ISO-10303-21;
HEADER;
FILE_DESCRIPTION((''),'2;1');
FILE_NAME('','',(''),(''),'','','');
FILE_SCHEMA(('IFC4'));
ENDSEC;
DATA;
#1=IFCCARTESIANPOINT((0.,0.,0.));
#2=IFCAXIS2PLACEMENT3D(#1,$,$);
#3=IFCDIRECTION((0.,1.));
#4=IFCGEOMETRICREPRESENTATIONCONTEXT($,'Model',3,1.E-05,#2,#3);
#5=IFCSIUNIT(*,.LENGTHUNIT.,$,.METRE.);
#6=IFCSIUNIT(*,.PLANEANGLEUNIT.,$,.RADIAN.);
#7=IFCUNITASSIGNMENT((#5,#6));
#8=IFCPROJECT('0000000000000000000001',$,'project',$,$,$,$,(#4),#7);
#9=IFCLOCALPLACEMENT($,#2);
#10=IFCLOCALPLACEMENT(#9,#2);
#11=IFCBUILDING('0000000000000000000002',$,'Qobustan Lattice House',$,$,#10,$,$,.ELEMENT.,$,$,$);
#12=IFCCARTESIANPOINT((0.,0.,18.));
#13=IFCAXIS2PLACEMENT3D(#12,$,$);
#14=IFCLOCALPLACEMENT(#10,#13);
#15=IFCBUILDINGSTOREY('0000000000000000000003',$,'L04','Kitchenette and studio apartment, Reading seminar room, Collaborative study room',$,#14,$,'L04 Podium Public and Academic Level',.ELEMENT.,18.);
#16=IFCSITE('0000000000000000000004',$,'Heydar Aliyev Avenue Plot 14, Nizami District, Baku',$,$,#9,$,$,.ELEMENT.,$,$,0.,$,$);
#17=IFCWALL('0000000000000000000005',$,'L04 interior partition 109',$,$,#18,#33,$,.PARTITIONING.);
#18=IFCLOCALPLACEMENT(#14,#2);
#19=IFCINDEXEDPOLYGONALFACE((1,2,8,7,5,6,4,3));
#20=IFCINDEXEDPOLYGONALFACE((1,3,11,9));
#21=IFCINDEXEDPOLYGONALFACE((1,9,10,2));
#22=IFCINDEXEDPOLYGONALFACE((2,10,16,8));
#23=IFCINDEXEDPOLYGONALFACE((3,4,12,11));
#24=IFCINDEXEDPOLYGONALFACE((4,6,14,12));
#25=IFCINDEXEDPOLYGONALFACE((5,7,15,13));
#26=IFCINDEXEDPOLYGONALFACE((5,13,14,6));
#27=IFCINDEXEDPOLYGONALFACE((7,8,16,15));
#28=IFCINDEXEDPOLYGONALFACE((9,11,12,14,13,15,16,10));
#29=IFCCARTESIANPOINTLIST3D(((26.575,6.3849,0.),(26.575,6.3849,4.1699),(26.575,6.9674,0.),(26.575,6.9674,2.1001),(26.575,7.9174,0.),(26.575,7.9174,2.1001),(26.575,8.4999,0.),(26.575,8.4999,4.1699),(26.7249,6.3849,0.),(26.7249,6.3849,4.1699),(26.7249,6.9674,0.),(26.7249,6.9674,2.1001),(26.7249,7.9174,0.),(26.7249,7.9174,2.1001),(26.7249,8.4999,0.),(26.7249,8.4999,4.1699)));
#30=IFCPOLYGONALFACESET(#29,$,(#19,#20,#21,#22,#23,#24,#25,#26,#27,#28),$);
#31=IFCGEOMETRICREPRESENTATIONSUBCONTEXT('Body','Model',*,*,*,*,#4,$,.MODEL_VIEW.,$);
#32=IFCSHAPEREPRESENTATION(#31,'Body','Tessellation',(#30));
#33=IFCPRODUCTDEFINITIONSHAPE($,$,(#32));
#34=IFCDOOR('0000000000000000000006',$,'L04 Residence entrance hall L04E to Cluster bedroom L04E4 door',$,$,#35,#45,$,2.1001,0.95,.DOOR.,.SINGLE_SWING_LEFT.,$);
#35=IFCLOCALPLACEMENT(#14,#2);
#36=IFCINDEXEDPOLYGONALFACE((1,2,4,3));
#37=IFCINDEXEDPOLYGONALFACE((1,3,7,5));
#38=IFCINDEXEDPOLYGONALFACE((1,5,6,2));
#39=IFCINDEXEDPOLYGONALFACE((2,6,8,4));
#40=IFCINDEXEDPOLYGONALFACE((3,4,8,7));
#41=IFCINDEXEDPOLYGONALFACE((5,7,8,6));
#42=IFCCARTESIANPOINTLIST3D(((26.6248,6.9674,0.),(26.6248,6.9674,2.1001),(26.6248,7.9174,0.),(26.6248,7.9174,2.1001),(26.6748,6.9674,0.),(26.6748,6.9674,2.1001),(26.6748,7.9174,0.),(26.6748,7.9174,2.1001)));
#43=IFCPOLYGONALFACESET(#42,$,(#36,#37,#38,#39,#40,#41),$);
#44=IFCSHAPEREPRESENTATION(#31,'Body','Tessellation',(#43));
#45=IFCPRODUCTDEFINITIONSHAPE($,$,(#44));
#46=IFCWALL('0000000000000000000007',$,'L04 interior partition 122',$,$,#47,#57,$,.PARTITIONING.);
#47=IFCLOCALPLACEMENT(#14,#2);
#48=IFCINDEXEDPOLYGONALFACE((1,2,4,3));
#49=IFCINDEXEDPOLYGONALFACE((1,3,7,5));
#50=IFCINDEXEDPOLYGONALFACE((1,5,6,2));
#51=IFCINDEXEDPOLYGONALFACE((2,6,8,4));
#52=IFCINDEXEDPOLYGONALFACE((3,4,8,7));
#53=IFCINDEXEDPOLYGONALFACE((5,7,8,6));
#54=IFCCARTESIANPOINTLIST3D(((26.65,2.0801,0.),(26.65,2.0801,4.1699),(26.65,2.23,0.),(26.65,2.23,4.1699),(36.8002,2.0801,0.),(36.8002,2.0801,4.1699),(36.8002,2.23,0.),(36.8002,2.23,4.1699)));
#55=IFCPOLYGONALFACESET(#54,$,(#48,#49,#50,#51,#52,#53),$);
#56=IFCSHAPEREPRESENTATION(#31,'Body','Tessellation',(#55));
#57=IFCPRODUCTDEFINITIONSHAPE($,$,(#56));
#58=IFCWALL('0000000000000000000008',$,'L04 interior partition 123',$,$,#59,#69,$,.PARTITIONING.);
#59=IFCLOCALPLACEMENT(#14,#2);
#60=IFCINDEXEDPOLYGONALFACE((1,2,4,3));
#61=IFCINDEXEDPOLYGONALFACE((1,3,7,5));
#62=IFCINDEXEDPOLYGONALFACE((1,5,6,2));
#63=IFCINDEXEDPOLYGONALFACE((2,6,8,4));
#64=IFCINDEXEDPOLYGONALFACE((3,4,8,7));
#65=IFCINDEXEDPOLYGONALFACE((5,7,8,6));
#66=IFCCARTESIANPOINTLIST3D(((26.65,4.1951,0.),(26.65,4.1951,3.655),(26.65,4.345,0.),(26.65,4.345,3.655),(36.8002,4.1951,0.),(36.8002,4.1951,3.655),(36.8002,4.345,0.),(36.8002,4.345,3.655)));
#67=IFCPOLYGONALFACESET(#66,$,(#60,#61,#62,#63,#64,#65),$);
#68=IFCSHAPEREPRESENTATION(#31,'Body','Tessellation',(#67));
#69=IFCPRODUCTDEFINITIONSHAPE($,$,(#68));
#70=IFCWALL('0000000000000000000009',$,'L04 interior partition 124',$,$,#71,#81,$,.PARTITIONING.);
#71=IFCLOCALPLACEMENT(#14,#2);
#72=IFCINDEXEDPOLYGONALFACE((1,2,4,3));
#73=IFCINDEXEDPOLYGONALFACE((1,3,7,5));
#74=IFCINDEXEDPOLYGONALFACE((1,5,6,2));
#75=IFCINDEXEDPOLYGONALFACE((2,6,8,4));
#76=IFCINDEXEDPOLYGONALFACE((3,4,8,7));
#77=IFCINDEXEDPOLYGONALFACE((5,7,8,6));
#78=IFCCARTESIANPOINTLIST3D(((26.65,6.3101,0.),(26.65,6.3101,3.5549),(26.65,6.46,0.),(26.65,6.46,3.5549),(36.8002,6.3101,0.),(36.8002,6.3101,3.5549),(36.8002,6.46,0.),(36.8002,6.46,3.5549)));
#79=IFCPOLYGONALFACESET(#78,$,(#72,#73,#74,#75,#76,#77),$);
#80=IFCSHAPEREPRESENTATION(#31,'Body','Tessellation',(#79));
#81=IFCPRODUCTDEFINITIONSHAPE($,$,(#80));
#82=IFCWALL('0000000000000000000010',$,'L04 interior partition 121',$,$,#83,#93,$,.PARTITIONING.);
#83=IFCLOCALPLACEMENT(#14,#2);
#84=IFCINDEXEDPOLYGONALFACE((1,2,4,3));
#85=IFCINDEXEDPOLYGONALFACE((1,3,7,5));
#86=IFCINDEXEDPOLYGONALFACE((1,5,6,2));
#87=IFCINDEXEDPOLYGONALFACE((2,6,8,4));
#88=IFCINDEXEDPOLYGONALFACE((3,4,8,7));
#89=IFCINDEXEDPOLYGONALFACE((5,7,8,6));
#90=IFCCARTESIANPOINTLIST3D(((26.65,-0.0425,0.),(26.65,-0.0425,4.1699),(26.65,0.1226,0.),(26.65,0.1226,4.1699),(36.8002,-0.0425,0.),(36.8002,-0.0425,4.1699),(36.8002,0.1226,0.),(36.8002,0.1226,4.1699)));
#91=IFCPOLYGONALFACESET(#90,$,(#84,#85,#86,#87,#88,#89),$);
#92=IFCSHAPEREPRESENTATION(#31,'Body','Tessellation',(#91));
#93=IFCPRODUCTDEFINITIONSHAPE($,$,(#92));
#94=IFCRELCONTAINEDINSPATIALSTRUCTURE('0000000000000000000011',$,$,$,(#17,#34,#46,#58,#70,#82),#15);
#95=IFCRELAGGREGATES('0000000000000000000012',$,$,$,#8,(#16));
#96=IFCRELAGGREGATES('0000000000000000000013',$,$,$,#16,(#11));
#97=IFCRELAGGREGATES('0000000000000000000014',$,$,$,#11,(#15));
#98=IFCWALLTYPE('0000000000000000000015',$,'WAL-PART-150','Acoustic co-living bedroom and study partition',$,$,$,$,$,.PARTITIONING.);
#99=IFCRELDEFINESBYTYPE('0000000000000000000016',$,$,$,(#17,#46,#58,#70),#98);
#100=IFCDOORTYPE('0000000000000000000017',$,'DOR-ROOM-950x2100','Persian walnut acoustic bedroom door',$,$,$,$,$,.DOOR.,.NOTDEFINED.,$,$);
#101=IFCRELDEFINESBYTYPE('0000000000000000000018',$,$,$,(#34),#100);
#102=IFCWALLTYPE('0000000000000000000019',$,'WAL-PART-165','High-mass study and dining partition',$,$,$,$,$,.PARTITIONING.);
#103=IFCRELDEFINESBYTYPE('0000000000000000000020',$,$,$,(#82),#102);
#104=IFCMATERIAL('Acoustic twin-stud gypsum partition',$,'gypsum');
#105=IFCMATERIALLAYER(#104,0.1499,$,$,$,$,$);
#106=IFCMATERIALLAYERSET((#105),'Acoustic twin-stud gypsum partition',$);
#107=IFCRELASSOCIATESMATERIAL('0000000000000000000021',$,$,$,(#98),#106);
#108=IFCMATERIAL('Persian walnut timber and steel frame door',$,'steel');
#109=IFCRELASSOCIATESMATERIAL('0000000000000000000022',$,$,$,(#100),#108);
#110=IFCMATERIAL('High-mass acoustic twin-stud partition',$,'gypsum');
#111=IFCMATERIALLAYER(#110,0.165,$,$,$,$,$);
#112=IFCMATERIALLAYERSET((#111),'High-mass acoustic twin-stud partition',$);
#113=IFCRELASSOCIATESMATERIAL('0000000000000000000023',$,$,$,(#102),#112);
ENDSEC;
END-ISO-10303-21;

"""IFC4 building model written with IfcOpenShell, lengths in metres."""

from ifc_helpers import new_model, si_unit, direction, frame, frame_2d, origin, place, context, subcontext, project, spatial, rectangle, extrude, material, layer, layer_set, type_object, element, fill, save


model = new_model("IFC4")

# Units and contexts
model_context = context("Model", 3, precision=1e-05, world=origin(), true_north=direction((0.0, 1.0)))
body_context = subcontext(model_context, "Body", "Model", "MODEL_VIEW")
ifc_project = project(units=[si_unit("LENGTHUNIT", "METRE"), si_unit("PLANEANGLEUNIT", "RADIAN")], contexts=[model_context])

# Site, building, storey
site_placement = place(None, origin())
site = spatial("IfcSite", under=ifc_project, at=site_placement, Name="Heydar Aliyev Avenue Plot 14, Nizami District, Baku", CompositionType="ELEMENT", RefElevation=0.0)
building_placement = place(site_placement, origin())
building = spatial("IfcBuilding", under=site, at=building_placement, Name="Qobustan Lattice House", CompositionType="ELEMENT")
storey_placement = place(building_placement, frame((0.0, 0.0, 18.0)))
storey = spatial("IfcBuildingStorey", under=building, at=storey_placement, Name="L04", Description="Kitchenette and studio apartment, Reading seminar room, Collaborative study room", LongName="L04 Podium Public and Academic Level", CompositionType="ELEMENT", Elevation=18.0)

# Wall, opening, door
ifc_material_1 = material(Name="Acoustic twin-stud gypsum partition", Category="gypsum")
ifc_layer_1 = layer(ifc_material_1, 0.1499)
ifc_layer_set_1 = layer_set([ifc_layer_1], Name="Acoustic twin-stud gypsum partition")
wall_type_1 = type_object("IfcWallType", Name="WAL-PART-150", Description="Acoustic co-living bedroom and study partition", PredefinedType="PARTITIONING", material=ifc_layer_set_1)
ifc_material_2 = material(Name="Persian walnut timber and steel frame door", Category="steel")
door_type_1 = type_object("IfcDoorType", Name="DOR-ROOM-950x2100", Description="Persian walnut acoustic bedroom door", OperationType="NOTDEFINED", PredefinedType="DOOR", material=ifc_material_2)
wall_1_placement = place(storey_placement, frame((26.6499, 8.5, 0.0), z_axis=(0.0, 0.0, 1.0), x_axis=(0.0, -1.0, 0.0)))
wall_1 = element("IfcWall", 1, at=wall_1_placement, inside=storey, type_object=wall_type_1, Name="L04 interior partition 109", PredefinedType="PARTITIONING", context=body_context, shape_type="SweptSolid", body=[
    extrude(rectangle(XDim=2.115, YDim=0.1499, at=frame_2d((1.0576, 0.0))), origin(), (0.0, 0.0, 1.0), 4.1699),
])
opening_1_placement = place(wall_1_placement, frame((0.5825, 0.0, 0.0)))
opening_1 = element("IfcOpeningElement", 2, at=opening_1_placement, cuts=wall_1, PredefinedType="OPENING", context=body_context, shape_type="SweptSolid", body=[
    extrude(rectangle(XDim=0.95, YDim=2.1001, at=frame_2d((0.4751, 1.05))), frame((0.0, 0.085, 0.0), z_axis=(0.0, -1.0, 0.0), x_axis=(1.0, 0.0, 0.0)), (0.0, 0.0, 1.0), 0.1699),
])
door_1_placement = place(opening_1_placement, origin())
door_1 = element("IfcDoor", 3, at=door_1_placement, inside=storey, type_object=door_type_1, Name="L04 Residence entrance hall L04E to Cluster bedroom L04E4 door", OperationType="SINGLE_SWING_LEFT", OverallHeight=2.1001, OverallWidth=0.95, PredefinedType="DOOR", context=body_context, shape_type="SweptSolid", body=[
    extrude(rectangle(XDim=0.95, YDim=2.1001, at=frame_2d((0.4751, 1.05))), frame((0.0, 0.0249, 0.0), z_axis=(0.0, -1.0, 0.0), x_axis=(1.0, 0.0, 0.0)), (0.0, 0.0, 1.0), 0.05),
])
fill(opening_1, door_1)

# Walls
wall_2_placement = place(storey_placement, frame((26.6499, 2.155, 0.0), z_axis=(0.0, 0.0, 1.0), x_axis=(1.0, 0.0, 0.0)))
element("IfcWall", 4, at=wall_2_placement, inside=storey, type_object=wall_type_1, Name="L04 interior partition 122", PredefinedType="PARTITIONING", context=body_context, shape_type="SweptSolid", body=[
    extrude(rectangle(XDim=10.1501, YDim=0.1499, at=frame_2d((5.0752, 0.0))), origin(), (0.0, 0.0, 1.0), 4.1699),
])
wall_3_placement = place(storey_placement, frame((26.6499, 4.27, 0.0), z_axis=(0.0, 0.0, 1.0), x_axis=(1.0, 0.0, 0.0)))
element("IfcWall", 5, at=wall_3_placement, inside=storey, type_object=wall_type_1, Name="L04 interior partition 123", PredefinedType="PARTITIONING", context=body_context, shape_type="SweptSolid", body=[
    extrude(rectangle(XDim=10.1501, YDim=0.1499, at=frame_2d((5.0752, 0.0))), origin(), (0.0, 0.0, 1.0), 3.655),
])
wall_4_placement = place(storey_placement, frame((26.6499, 6.385, 0.0), z_axis=(0.0, 0.0, 1.0), x_axis=(1.0, 0.0, 0.0)))
element("IfcWall", 6, at=wall_4_placement, inside=storey, type_object=wall_type_1, Name="L04 interior partition 124", PredefinedType="PARTITIONING", context=body_context, shape_type="SweptSolid", body=[
    extrude(rectangle(XDim=10.1501, YDim=0.1499, at=frame_2d((5.0752, 0.0))), origin(), (0.0, 0.0, 1.0), 3.5549),
])

# Shared definitions
ifc_material_3 = material(Name="High-mass acoustic twin-stud partition", Category="gypsum")
ifc_layer_2 = layer(ifc_material_3, 0.165)
ifc_layer_set_2 = layer_set([ifc_layer_2], Name="High-mass acoustic twin-stud partition")
wall_type_2 = type_object("IfcWallType", Name="WAL-PART-165", Description="High-mass study and dining partition", PredefinedType="PARTITIONING", material=ifc_layer_set_2)

# Wall
wall_5_placement = place(storey_placement, frame((26.6499, 0.04, 0.0), z_axis=(0.0, 0.0, 1.0), x_axis=(1.0, 0.0, 0.0)))
element("IfcWall", 7, at=wall_5_placement, inside=storey, type_object=wall_type_2, Name="L04 interior partition 121", PredefinedType="PARTITIONING", context=body_context, shape_type="SweptSolid", body=[
    extrude(rectangle(XDim=10.1501, YDim=0.165, at=frame_2d((5.0752, 0.0))), origin(), (0.0, 0.0, 1.0), 4.1699),
])

save(model, "model.ifc")
